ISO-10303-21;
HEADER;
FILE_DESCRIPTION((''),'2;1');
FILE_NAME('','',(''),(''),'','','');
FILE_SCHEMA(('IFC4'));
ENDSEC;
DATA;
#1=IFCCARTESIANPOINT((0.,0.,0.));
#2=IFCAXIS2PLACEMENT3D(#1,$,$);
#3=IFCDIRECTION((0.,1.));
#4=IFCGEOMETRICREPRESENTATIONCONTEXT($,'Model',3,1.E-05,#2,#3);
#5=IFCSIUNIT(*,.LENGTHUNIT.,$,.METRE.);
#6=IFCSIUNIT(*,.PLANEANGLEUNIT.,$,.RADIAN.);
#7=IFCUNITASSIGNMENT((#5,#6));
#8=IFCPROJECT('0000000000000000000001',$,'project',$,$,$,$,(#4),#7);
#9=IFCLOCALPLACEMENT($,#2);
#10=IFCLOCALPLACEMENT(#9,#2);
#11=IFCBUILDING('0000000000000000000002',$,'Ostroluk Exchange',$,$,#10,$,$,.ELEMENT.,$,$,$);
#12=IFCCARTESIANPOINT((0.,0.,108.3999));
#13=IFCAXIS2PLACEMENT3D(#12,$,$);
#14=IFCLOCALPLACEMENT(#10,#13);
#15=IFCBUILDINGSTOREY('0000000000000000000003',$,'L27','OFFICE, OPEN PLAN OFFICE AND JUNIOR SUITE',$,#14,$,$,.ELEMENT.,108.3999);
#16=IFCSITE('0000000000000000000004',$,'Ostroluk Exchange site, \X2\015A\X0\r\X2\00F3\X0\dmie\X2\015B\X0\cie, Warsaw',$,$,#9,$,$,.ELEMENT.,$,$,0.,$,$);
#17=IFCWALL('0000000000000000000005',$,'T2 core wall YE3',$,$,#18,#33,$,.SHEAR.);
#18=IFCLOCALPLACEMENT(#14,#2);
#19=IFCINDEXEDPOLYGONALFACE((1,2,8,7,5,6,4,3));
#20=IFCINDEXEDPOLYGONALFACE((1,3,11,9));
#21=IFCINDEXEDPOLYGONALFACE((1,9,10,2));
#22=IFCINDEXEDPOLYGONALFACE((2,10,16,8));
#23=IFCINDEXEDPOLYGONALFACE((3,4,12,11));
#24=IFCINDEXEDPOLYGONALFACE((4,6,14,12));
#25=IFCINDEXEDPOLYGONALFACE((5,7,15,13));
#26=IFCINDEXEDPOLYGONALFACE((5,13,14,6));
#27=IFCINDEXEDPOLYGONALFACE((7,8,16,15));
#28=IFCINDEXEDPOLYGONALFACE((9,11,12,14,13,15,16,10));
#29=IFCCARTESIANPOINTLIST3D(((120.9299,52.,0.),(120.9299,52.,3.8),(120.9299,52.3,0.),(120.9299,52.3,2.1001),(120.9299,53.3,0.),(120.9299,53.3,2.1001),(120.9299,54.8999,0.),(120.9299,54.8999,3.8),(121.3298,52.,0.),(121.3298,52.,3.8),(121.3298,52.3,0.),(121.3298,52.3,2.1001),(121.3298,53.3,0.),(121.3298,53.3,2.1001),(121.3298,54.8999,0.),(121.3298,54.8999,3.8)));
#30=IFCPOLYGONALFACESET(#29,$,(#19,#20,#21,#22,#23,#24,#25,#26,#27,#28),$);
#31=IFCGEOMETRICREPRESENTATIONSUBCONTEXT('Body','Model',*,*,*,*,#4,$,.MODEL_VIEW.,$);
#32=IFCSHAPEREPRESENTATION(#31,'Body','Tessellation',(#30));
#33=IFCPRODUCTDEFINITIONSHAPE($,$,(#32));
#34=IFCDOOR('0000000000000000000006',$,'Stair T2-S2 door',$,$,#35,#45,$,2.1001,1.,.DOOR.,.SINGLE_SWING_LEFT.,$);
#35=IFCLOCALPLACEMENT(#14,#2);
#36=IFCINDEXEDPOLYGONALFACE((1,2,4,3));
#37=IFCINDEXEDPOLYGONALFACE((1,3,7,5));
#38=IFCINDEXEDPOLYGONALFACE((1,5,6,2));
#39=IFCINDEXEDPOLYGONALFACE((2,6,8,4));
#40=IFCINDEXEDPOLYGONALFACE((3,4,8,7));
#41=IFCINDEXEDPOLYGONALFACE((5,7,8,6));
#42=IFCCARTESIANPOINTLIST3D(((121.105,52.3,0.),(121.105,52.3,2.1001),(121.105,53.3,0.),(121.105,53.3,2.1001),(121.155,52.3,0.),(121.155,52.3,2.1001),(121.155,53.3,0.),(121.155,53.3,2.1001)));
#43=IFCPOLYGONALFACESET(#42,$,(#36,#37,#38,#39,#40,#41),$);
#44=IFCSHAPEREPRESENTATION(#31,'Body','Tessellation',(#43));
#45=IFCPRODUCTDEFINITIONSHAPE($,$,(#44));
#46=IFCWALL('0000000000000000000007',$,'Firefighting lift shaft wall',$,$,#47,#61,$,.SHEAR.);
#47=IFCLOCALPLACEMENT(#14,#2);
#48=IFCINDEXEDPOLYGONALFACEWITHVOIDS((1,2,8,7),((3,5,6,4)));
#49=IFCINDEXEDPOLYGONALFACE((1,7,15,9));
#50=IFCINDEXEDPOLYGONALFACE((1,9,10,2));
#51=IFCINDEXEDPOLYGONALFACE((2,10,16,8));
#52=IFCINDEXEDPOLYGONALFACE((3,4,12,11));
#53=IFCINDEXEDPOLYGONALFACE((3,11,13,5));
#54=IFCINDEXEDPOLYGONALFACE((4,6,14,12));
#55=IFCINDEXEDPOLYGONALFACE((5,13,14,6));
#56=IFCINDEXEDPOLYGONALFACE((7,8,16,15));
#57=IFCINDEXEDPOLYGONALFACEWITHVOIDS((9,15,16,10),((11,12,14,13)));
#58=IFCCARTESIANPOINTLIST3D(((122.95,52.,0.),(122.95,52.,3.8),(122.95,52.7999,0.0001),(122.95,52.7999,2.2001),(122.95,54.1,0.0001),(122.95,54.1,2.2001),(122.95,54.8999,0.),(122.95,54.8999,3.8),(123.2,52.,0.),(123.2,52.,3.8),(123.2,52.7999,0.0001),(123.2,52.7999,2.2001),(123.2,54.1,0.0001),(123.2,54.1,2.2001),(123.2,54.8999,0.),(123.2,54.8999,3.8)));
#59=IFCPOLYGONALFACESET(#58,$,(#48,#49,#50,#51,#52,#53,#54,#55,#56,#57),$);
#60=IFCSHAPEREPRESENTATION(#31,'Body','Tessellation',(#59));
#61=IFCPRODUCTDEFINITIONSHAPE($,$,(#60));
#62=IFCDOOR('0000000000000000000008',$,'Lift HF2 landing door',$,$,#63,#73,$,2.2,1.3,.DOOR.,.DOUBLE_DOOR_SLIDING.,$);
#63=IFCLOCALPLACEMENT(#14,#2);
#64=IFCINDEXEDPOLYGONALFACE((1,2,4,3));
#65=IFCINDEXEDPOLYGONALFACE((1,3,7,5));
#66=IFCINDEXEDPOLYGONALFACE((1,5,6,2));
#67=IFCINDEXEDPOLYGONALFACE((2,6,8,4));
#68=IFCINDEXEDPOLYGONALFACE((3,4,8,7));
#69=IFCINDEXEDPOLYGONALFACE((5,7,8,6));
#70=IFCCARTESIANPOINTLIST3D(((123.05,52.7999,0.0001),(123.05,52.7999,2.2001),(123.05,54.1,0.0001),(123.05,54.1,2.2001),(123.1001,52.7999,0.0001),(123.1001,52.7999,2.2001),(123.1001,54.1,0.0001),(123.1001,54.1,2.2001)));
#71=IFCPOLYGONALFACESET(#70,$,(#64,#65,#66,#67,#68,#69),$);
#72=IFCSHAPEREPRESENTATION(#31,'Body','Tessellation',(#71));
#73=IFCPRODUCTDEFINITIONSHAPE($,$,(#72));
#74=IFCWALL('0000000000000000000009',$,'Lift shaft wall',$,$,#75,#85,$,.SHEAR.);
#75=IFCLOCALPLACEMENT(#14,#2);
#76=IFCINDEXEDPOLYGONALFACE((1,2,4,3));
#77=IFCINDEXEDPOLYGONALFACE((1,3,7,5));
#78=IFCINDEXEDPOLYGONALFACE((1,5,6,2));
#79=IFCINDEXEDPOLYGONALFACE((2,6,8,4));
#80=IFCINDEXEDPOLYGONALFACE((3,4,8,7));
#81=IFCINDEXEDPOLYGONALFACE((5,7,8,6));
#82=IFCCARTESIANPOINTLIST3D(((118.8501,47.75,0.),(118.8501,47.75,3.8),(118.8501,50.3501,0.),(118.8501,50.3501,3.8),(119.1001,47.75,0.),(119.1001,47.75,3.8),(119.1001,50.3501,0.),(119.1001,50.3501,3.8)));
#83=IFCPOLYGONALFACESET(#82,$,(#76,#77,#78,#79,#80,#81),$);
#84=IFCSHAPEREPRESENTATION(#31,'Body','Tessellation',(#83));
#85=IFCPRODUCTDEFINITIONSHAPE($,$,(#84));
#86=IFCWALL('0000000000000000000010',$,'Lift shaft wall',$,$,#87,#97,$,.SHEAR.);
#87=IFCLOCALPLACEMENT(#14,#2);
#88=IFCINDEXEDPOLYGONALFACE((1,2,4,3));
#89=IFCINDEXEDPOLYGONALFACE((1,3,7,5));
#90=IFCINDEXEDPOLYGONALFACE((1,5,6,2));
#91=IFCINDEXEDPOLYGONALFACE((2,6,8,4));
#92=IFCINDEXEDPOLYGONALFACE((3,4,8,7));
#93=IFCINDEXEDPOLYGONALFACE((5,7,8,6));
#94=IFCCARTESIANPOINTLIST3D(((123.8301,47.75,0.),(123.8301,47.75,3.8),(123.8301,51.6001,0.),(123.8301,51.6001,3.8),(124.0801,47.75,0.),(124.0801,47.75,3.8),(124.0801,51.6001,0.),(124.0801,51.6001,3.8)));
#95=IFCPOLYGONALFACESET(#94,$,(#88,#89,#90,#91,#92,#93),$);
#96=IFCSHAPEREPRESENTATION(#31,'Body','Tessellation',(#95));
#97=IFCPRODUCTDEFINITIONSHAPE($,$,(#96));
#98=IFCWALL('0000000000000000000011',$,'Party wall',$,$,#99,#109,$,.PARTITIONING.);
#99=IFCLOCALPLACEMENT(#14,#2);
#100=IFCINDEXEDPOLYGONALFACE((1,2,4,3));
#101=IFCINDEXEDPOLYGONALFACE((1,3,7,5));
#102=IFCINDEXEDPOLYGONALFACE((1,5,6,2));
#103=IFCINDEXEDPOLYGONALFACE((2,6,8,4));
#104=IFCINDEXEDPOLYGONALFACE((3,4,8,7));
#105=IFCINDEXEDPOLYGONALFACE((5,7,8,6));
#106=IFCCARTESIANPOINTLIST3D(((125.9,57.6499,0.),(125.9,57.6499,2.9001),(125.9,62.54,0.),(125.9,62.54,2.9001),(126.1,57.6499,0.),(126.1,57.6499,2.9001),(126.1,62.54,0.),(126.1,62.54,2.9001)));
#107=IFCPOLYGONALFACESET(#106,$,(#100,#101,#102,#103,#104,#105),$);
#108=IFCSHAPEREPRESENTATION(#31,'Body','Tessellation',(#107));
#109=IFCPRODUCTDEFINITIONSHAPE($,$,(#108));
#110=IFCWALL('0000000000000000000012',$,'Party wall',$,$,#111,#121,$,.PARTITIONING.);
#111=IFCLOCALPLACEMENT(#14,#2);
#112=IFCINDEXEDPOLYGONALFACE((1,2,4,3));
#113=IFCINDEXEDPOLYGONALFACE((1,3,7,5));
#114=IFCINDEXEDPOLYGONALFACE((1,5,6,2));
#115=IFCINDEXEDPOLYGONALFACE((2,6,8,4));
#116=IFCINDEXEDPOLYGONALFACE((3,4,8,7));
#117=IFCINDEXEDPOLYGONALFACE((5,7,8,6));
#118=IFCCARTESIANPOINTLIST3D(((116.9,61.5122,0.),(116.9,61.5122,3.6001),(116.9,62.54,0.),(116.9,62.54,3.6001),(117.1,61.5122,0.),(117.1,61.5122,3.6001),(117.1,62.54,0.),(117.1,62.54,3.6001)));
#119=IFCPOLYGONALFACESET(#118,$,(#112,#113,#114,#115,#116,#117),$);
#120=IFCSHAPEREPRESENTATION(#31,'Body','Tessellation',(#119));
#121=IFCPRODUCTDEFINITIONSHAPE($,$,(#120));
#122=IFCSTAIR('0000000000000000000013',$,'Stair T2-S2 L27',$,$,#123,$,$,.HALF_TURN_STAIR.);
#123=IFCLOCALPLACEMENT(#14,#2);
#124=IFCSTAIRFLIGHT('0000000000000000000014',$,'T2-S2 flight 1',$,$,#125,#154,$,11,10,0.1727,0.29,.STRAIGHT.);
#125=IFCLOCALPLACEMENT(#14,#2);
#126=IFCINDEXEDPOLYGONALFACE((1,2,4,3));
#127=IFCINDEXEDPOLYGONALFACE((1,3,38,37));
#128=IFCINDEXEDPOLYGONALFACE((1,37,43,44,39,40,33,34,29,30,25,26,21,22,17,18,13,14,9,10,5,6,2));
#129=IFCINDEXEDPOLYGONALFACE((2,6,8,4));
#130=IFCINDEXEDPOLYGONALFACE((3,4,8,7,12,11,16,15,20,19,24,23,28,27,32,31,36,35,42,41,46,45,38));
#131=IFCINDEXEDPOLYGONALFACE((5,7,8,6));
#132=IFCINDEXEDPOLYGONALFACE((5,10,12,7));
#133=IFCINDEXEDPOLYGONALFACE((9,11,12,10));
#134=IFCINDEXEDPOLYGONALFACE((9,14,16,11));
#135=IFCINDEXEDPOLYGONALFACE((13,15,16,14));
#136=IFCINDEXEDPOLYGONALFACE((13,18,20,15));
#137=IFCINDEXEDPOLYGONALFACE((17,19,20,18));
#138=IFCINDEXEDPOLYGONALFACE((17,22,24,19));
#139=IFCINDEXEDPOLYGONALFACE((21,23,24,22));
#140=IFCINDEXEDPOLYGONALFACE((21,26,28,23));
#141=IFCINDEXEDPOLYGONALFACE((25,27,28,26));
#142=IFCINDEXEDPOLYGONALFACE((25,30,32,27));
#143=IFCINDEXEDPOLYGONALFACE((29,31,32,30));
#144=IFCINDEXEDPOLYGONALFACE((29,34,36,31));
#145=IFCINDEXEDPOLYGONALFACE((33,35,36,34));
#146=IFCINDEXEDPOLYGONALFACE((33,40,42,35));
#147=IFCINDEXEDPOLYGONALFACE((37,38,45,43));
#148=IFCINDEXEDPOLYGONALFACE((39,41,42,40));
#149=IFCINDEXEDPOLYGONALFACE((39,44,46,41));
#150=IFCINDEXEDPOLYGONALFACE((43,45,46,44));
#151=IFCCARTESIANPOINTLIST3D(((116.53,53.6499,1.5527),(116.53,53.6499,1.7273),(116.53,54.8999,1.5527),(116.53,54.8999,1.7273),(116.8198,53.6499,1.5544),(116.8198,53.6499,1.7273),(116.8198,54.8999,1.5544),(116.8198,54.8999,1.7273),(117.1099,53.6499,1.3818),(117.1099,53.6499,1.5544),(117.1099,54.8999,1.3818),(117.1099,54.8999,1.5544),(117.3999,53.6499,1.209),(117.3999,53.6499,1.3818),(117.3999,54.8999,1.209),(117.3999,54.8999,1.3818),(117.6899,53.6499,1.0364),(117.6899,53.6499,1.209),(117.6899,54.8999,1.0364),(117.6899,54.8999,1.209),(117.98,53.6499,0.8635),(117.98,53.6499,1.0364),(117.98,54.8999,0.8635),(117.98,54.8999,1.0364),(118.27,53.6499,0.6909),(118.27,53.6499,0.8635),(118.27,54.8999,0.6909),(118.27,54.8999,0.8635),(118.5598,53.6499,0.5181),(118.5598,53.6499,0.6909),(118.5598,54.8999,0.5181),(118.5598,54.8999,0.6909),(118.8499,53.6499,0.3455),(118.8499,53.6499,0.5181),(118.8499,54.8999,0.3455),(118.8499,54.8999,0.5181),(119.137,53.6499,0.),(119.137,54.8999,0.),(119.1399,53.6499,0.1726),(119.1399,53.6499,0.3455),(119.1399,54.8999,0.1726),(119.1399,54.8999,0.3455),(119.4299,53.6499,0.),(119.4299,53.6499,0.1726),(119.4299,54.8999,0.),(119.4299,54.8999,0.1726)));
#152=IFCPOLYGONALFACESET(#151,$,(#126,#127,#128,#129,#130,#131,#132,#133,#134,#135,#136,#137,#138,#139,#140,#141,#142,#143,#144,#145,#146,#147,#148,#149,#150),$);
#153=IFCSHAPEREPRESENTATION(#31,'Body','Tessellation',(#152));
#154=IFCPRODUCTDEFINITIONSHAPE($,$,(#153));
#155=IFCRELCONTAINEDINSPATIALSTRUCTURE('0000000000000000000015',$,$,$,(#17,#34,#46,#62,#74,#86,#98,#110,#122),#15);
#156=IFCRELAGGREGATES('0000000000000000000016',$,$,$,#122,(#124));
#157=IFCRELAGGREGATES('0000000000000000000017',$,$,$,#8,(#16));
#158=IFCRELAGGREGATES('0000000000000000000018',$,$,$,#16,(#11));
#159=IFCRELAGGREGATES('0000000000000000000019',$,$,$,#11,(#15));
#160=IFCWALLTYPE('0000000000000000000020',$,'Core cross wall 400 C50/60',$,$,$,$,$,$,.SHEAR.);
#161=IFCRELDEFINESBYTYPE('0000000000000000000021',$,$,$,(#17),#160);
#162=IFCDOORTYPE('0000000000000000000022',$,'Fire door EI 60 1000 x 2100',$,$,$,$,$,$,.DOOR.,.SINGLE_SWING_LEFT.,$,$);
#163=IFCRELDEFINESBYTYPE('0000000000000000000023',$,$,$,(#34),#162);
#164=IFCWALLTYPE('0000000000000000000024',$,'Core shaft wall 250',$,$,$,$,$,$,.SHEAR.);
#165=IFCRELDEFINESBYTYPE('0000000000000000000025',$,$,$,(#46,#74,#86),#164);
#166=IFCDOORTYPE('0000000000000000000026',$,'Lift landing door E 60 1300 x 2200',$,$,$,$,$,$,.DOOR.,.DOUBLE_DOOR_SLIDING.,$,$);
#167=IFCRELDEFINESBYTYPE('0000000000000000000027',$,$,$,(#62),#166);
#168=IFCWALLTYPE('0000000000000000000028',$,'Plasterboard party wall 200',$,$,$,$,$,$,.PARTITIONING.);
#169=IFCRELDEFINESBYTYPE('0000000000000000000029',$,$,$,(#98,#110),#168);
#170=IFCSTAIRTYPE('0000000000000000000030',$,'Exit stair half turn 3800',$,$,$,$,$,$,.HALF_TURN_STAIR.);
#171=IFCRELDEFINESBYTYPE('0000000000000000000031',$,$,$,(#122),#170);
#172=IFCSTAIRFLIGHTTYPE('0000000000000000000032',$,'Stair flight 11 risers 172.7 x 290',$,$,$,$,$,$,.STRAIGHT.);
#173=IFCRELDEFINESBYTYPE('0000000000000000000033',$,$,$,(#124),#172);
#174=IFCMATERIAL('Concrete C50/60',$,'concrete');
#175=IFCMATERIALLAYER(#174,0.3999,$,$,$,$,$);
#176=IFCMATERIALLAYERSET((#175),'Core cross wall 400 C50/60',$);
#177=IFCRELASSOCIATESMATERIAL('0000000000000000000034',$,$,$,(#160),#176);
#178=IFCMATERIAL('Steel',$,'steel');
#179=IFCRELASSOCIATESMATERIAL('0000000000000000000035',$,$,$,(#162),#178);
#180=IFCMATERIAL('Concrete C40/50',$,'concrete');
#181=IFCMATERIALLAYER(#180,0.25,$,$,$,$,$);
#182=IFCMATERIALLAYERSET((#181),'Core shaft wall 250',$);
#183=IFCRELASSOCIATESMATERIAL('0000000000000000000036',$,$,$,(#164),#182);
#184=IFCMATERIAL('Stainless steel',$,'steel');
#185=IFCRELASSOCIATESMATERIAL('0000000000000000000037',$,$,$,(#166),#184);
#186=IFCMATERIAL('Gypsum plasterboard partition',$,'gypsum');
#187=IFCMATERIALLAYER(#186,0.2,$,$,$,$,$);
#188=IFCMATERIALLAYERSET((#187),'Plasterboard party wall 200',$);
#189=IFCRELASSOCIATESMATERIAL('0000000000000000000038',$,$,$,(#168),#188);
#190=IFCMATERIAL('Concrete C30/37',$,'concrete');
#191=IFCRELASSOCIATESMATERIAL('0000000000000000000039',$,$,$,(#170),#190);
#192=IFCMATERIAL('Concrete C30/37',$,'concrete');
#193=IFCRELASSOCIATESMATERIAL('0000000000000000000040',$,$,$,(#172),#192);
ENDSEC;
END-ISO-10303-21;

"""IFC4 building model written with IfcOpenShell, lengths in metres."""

from ifc_helpers import new_model, si_unit, direction, frame, frame_2d, origin, place, context, subcontext, project, spatial, polyline, rectangle, outline, extrude, material, layer, layer_set, type_object, element, fill, aggregate, save


model = new_model("IFC4")

# Units and contexts
model_context = context("Model", 3, precision=1e-05, world=origin(), true_north=direction((0.0, 1.0)))
body_context = subcontext(model_context, "Body", "Model", "MODEL_VIEW")
ifc_project = project(units=[si_unit("LENGTHUNIT", "METRE"), si_unit("PLANEANGLEUNIT", "RADIAN")], contexts=[model_context])

# Site, building, storey
site_placement = place(None, origin())
site = spatial("IfcSite", under=ifc_project, at=site_placement, Name="Ostroluk Exchange site, Śródmieście, Warsaw", CompositionType="ELEMENT", RefElevation=0.0)
building_placement = place(site_placement, origin())
building = spatial("IfcBuilding", under=site, at=building_placement, Name="Ostroluk Exchange", CompositionType="ELEMENT")
storey_placement = place(building_placement, frame((0.0, 0.0, 108.3999)))
storey = spatial("IfcBuildingStorey", under=building, at=storey_placement, Name="L27", Description="OFFICE, OPEN PLAN OFFICE AND JUNIOR SUITE", CompositionType="ELEMENT", Elevation=108.3999)

# Walls, openings, doors
ifc_material_1 = material(Name="Concrete C50/60", Category="concrete")
ifc_layer_1 = layer(ifc_material_1, 0.3999)
ifc_layer_set_1 = layer_set([ifc_layer_1], Name="Core cross wall 400 C50/60")
wall_type_1 = type_object("IfcWallType", Name="Core cross wall 400 C50/60", PredefinedType="SHEAR", material=ifc_layer_set_1)
wall_1_placement = place(storey_placement, frame((121.1299, 52.0, 0.0), z_axis=(0.0, 0.0, 1.0), x_axis=(0.0, 1.0, 0.0)))
wall_1 = element("IfcWall", 1, at=wall_1_placement, inside=storey, type_object=wall_type_1, Name="T2 core wall YE3", PredefinedType="SHEAR", context=body_context, shape_type="SweptSolid", body=[
    extrude(rectangle(XDim=2.8999, YDim=0.3999, at=frame_2d((1.45, 0.0))), origin(), (0.0, 0.0, 1.0), 3.8),
])
opening_1_placement = place(wall_1_placement, frame((0.3, 0.0, 0.0)))
opening_1 = element("IfcOpeningElement", 2, at=opening_1_placement, cuts=wall_1, PredefinedType="OPENING", context=body_context, shape_type="SweptSolid", body=[
    extrude(rectangle(XDim=1.0, YDim=2.1001, at=frame_2d((0.5, 1.05))), frame((0.0, 0.21, 0.0), z_axis=(0.0, -1.0, 0.0), x_axis=(1.0, 0.0, 0.0)), (0.0, 0.0, 1.0), 0.4199),
])
ifc_material_2 = material(Name="Steel", Category="steel")
door_type_1 = type_object("IfcDoorType", Name="Fire door EI 60 1000 x 2100", OperationType="SINGLE_SWING_LEFT", PredefinedType="DOOR", material=ifc_material_2)
door_1_placement = place(opening_1_placement, origin())
door_1 = element("IfcDoor", 3, at=door_1_placement, inside=storey, type_object=door_type_1, Name="Stair T2-S2 door", OperationType="SINGLE_SWING_LEFT", OverallHeight=2.1001, OverallWidth=1.0, PredefinedType="DOOR", context=body_context, shape_type="SweptSolid", body=[
    extrude(rectangle(XDim=1.0, YDim=2.1001, at=frame_2d((0.5, 1.05))), frame((0.0, 0.0249, 0.0), z_axis=(0.0, -1.0, 0.0), x_axis=(1.0, 0.0, 0.0)), (0.0, 0.0, 1.0), 0.05),
])
fill(opening_1, door_1)
ifc_material_3 = material(Name="Concrete C40/50", Category="concrete")
ifc_layer_2 = layer(ifc_material_3, 0.25)
ifc_layer_set_2 = layer_set([ifc_layer_2], Name="Core shaft wall 250")
wall_type_2 = type_object("IfcWallType", Name="Core shaft wall 250", PredefinedType="SHEAR", material=ifc_layer_set_2)
wall_2_placement = place(storey_placement, frame((123.075, 52.0, 0.0), z_axis=(0.0, 0.0, 1.0), x_axis=(0.0, 1.0, 0.0)))
wall_2 = element("IfcWall", 4, at=wall_2_placement, inside=storey, type_object=wall_type_2, Name="Firefighting lift shaft wall", PredefinedType="SHEAR", context=body_context, shape_type="SweptSolid", body=[
    extrude(rectangle(XDim=2.8999, YDim=0.25, at=frame_2d((1.45, 0.0))), origin(), (0.0, 0.0, 1.0), 3.8),
])
opening_2_placement = place(wall_2_placement, frame((0.8, 0.0, 0.0)))
opening_2 = element("IfcOpeningElement", 5, at=opening_2_placement, cuts=wall_2, PredefinedType="OPENING", context=body_context, shape_type="SweptSolid", body=[
    extrude(rectangle(XDim=1.3, YDim=2.2, at=frame_2d((0.6499, 1.1001))), frame((0.0, 0.135, 0.0), z_axis=(0.0, -1.0, 0.0), x_axis=(1.0, 0.0, 0.0)), (0.0, 0.0, 1.0), 0.27),
])
ifc_material_4 = material(Name="Stainless steel", Category="steel")
door_type_2 = type_object("IfcDoorType", Name="Lift landing door E 60 1300 x 2200", OperationType="DOUBLE_DOOR_SLIDING", PredefinedType="DOOR", material=ifc_material_4)
door_2_placement = place(opening_2_placement, origin())
door_2 = element("IfcDoor", 6, at=door_2_placement, inside=storey, type_object=door_type_2, Name="Lift HF2 landing door", OperationType="DOUBLE_DOOR_SLIDING", OverallHeight=2.2, OverallWidth=1.3, PredefinedType="DOOR", context=body_context, shape_type="SweptSolid", body=[
    extrude(rectangle(XDim=1.3, YDim=2.2, at=frame_2d((0.6499, 1.1001))), frame((0.0, 0.0249, 0.0), z_axis=(0.0, -1.0, 0.0), x_axis=(1.0, 0.0, 0.0)), (0.0, 0.0, 1.0), 0.05),
])
fill(opening_2, door_2)

# Walls
wall_3_placement = place(storey_placement, frame((118.9751, 47.75, 0.0), z_axis=(0.0, 0.0, 1.0), x_axis=(0.0, 1.0, 0.0)))
element("IfcWall", 7, at=wall_3_placement, inside=storey, type_object=wall_type_2, Name="Lift shaft wall", PredefinedType="SHEAR", context=body_context, shape_type="SweptSolid", body=[
    extrude(rectangle(XDim=2.6001, YDim=0.25, at=frame_2d((1.3, 0.0))), origin(), (0.0, 0.0, 1.0), 3.8),
])
wall_4_placement = place(storey_placement, frame((123.9551, 47.75, 0.0), z_axis=(0.0, 0.0, 1.0), x_axis=(0.0, 1.0, 0.0)))
element("IfcWall", 8, at=wall_4_placement, inside=storey, type_object=wall_type_2, Name="Lift shaft wall", PredefinedType="SHEAR", context=body_context, shape_type="SweptSolid", body=[
    extrude(rectangle(XDim=3.8501, YDim=0.25, at=frame_2d((1.925, 0.0))), origin(), (0.0, 0.0, 1.0), 3.8),
])

# Walls
ifc_material_5 = material(Name="Gypsum plasterboard partition", Category="gypsum")
ifc_layer_3 = layer(ifc_material_5, 0.2)
ifc_layer_set_3 = layer_set([ifc_layer_3], Name="Plasterboard party wall 200")
wall_type_3 = type_object("IfcWallType", Name="Plasterboard party wall 200", PredefinedType="PARTITIONING", material=ifc_layer_set_3)
wall_5_placement = place(storey_placement, frame((126.0, 57.6499, 0.0), z_axis=(0.0, 0.0, 1.0), x_axis=(0.0, 1.0, 0.0)))
element("IfcWall", 9, at=wall_5_placement, inside=storey, type_object=wall_type_3, Name="Party wall", PredefinedType="PARTITIONING", context=body_context, shape_type="SweptSolid", body=[
    extrude(rectangle(XDim=4.8901, YDim=0.2, at=frame_2d((2.4451, 0.0))), origin(), (0.0, 0.0, 1.0), 2.9001),
])
wall_6_placement = place(storey_placement, frame((117.0, 61.5122, 0.0), z_axis=(0.0, 0.0, 1.0), x_axis=(0.0, 1.0, 0.0)))
element("IfcWall", 10, at=wall_6_placement, inside=storey, type_object=wall_type_3, Name="Party wall", PredefinedType="PARTITIONING", context=body_context, shape_type="SweptSolid", body=[
    extrude(rectangle(XDim=1.0278, YDim=0.2, at=frame_2d((0.5139, 0.0))), origin(), (0.0, 0.0, 1.0), 3.6001),
])

# Stair, stair flight
ifc_material_6 = material(Name="Concrete C30/37", Category="concrete")
stair_type = type_object("IfcStairType", Name="Exit stair half turn 3800", PredefinedType="HALF_TURN_STAIR", material=ifc_material_6)
stair_placement = place(storey_placement, origin())
stair = element("IfcStair", 11, at=stair_placement, inside=storey, type_object=stair_type, Name="Stair T2-S2 L27", PredefinedType="HALF_TURN_STAIR")
ifc_material_7 = material(Name="Concrete C30/37", Category="concrete")
stair_flight_type = type_object("IfcStairFlightType", Name="Stair flight 11 risers 172.7 x 290", PredefinedType="STRAIGHT", material=ifc_material_7)
stair_flight_placement = place(storey_placement, frame((119.4299, 54.2749, 0.0), z_axis=(0.0, 0.0, 1.0), x_axis=(-1.0, 0.0, 0.0)))
stair_flight = element("IfcStairFlight", 12, at=stair_flight_placement, type_object=stair_flight_type, Name="T2-S2 flight 1", NumberOfRisers=11, NumberOfTreads=10, PredefinedType="STRAIGHT", RiserHeight=0.1727, TreadLength=0.29, context=body_context, shape_type="SweptSolid", body=[
    extrude(outline(polyline([(0.0, 0.0), (0.0, 0.1726), (0.29, 0.1726), (0.29, 0.3455), (0.5801, 0.3455), (0.5801, 0.5181), (0.8701, 0.5181), (0.8701, 0.6909), (1.1599, 0.6909), (1.1599, 0.8635), (1.45, 0.8635), (1.45, 1.0364), (1.74, 1.0364), (1.74, 1.209), (2.03, 1.209), (2.03, 1.3818), (2.3201, 1.3818), (2.3201, 1.5544), (2.6101, 1.5544), (2.6101, 1.7273), (2.8999, 1.7273), (2.8999, 1.8999), (2.8999, 1.5527), (0.293, 0.0), (0.0, 0.0)])), frame((0.0, 0.625, 0.0), z_axis=(0.0, -1.0, 0.0), x_axis=(1.0, 0.0, 0.0)), (0.0, 0.0, 1.0), 1.25),
])
aggregate(stair, [stair_flight])

save(model, "model.ifc")
